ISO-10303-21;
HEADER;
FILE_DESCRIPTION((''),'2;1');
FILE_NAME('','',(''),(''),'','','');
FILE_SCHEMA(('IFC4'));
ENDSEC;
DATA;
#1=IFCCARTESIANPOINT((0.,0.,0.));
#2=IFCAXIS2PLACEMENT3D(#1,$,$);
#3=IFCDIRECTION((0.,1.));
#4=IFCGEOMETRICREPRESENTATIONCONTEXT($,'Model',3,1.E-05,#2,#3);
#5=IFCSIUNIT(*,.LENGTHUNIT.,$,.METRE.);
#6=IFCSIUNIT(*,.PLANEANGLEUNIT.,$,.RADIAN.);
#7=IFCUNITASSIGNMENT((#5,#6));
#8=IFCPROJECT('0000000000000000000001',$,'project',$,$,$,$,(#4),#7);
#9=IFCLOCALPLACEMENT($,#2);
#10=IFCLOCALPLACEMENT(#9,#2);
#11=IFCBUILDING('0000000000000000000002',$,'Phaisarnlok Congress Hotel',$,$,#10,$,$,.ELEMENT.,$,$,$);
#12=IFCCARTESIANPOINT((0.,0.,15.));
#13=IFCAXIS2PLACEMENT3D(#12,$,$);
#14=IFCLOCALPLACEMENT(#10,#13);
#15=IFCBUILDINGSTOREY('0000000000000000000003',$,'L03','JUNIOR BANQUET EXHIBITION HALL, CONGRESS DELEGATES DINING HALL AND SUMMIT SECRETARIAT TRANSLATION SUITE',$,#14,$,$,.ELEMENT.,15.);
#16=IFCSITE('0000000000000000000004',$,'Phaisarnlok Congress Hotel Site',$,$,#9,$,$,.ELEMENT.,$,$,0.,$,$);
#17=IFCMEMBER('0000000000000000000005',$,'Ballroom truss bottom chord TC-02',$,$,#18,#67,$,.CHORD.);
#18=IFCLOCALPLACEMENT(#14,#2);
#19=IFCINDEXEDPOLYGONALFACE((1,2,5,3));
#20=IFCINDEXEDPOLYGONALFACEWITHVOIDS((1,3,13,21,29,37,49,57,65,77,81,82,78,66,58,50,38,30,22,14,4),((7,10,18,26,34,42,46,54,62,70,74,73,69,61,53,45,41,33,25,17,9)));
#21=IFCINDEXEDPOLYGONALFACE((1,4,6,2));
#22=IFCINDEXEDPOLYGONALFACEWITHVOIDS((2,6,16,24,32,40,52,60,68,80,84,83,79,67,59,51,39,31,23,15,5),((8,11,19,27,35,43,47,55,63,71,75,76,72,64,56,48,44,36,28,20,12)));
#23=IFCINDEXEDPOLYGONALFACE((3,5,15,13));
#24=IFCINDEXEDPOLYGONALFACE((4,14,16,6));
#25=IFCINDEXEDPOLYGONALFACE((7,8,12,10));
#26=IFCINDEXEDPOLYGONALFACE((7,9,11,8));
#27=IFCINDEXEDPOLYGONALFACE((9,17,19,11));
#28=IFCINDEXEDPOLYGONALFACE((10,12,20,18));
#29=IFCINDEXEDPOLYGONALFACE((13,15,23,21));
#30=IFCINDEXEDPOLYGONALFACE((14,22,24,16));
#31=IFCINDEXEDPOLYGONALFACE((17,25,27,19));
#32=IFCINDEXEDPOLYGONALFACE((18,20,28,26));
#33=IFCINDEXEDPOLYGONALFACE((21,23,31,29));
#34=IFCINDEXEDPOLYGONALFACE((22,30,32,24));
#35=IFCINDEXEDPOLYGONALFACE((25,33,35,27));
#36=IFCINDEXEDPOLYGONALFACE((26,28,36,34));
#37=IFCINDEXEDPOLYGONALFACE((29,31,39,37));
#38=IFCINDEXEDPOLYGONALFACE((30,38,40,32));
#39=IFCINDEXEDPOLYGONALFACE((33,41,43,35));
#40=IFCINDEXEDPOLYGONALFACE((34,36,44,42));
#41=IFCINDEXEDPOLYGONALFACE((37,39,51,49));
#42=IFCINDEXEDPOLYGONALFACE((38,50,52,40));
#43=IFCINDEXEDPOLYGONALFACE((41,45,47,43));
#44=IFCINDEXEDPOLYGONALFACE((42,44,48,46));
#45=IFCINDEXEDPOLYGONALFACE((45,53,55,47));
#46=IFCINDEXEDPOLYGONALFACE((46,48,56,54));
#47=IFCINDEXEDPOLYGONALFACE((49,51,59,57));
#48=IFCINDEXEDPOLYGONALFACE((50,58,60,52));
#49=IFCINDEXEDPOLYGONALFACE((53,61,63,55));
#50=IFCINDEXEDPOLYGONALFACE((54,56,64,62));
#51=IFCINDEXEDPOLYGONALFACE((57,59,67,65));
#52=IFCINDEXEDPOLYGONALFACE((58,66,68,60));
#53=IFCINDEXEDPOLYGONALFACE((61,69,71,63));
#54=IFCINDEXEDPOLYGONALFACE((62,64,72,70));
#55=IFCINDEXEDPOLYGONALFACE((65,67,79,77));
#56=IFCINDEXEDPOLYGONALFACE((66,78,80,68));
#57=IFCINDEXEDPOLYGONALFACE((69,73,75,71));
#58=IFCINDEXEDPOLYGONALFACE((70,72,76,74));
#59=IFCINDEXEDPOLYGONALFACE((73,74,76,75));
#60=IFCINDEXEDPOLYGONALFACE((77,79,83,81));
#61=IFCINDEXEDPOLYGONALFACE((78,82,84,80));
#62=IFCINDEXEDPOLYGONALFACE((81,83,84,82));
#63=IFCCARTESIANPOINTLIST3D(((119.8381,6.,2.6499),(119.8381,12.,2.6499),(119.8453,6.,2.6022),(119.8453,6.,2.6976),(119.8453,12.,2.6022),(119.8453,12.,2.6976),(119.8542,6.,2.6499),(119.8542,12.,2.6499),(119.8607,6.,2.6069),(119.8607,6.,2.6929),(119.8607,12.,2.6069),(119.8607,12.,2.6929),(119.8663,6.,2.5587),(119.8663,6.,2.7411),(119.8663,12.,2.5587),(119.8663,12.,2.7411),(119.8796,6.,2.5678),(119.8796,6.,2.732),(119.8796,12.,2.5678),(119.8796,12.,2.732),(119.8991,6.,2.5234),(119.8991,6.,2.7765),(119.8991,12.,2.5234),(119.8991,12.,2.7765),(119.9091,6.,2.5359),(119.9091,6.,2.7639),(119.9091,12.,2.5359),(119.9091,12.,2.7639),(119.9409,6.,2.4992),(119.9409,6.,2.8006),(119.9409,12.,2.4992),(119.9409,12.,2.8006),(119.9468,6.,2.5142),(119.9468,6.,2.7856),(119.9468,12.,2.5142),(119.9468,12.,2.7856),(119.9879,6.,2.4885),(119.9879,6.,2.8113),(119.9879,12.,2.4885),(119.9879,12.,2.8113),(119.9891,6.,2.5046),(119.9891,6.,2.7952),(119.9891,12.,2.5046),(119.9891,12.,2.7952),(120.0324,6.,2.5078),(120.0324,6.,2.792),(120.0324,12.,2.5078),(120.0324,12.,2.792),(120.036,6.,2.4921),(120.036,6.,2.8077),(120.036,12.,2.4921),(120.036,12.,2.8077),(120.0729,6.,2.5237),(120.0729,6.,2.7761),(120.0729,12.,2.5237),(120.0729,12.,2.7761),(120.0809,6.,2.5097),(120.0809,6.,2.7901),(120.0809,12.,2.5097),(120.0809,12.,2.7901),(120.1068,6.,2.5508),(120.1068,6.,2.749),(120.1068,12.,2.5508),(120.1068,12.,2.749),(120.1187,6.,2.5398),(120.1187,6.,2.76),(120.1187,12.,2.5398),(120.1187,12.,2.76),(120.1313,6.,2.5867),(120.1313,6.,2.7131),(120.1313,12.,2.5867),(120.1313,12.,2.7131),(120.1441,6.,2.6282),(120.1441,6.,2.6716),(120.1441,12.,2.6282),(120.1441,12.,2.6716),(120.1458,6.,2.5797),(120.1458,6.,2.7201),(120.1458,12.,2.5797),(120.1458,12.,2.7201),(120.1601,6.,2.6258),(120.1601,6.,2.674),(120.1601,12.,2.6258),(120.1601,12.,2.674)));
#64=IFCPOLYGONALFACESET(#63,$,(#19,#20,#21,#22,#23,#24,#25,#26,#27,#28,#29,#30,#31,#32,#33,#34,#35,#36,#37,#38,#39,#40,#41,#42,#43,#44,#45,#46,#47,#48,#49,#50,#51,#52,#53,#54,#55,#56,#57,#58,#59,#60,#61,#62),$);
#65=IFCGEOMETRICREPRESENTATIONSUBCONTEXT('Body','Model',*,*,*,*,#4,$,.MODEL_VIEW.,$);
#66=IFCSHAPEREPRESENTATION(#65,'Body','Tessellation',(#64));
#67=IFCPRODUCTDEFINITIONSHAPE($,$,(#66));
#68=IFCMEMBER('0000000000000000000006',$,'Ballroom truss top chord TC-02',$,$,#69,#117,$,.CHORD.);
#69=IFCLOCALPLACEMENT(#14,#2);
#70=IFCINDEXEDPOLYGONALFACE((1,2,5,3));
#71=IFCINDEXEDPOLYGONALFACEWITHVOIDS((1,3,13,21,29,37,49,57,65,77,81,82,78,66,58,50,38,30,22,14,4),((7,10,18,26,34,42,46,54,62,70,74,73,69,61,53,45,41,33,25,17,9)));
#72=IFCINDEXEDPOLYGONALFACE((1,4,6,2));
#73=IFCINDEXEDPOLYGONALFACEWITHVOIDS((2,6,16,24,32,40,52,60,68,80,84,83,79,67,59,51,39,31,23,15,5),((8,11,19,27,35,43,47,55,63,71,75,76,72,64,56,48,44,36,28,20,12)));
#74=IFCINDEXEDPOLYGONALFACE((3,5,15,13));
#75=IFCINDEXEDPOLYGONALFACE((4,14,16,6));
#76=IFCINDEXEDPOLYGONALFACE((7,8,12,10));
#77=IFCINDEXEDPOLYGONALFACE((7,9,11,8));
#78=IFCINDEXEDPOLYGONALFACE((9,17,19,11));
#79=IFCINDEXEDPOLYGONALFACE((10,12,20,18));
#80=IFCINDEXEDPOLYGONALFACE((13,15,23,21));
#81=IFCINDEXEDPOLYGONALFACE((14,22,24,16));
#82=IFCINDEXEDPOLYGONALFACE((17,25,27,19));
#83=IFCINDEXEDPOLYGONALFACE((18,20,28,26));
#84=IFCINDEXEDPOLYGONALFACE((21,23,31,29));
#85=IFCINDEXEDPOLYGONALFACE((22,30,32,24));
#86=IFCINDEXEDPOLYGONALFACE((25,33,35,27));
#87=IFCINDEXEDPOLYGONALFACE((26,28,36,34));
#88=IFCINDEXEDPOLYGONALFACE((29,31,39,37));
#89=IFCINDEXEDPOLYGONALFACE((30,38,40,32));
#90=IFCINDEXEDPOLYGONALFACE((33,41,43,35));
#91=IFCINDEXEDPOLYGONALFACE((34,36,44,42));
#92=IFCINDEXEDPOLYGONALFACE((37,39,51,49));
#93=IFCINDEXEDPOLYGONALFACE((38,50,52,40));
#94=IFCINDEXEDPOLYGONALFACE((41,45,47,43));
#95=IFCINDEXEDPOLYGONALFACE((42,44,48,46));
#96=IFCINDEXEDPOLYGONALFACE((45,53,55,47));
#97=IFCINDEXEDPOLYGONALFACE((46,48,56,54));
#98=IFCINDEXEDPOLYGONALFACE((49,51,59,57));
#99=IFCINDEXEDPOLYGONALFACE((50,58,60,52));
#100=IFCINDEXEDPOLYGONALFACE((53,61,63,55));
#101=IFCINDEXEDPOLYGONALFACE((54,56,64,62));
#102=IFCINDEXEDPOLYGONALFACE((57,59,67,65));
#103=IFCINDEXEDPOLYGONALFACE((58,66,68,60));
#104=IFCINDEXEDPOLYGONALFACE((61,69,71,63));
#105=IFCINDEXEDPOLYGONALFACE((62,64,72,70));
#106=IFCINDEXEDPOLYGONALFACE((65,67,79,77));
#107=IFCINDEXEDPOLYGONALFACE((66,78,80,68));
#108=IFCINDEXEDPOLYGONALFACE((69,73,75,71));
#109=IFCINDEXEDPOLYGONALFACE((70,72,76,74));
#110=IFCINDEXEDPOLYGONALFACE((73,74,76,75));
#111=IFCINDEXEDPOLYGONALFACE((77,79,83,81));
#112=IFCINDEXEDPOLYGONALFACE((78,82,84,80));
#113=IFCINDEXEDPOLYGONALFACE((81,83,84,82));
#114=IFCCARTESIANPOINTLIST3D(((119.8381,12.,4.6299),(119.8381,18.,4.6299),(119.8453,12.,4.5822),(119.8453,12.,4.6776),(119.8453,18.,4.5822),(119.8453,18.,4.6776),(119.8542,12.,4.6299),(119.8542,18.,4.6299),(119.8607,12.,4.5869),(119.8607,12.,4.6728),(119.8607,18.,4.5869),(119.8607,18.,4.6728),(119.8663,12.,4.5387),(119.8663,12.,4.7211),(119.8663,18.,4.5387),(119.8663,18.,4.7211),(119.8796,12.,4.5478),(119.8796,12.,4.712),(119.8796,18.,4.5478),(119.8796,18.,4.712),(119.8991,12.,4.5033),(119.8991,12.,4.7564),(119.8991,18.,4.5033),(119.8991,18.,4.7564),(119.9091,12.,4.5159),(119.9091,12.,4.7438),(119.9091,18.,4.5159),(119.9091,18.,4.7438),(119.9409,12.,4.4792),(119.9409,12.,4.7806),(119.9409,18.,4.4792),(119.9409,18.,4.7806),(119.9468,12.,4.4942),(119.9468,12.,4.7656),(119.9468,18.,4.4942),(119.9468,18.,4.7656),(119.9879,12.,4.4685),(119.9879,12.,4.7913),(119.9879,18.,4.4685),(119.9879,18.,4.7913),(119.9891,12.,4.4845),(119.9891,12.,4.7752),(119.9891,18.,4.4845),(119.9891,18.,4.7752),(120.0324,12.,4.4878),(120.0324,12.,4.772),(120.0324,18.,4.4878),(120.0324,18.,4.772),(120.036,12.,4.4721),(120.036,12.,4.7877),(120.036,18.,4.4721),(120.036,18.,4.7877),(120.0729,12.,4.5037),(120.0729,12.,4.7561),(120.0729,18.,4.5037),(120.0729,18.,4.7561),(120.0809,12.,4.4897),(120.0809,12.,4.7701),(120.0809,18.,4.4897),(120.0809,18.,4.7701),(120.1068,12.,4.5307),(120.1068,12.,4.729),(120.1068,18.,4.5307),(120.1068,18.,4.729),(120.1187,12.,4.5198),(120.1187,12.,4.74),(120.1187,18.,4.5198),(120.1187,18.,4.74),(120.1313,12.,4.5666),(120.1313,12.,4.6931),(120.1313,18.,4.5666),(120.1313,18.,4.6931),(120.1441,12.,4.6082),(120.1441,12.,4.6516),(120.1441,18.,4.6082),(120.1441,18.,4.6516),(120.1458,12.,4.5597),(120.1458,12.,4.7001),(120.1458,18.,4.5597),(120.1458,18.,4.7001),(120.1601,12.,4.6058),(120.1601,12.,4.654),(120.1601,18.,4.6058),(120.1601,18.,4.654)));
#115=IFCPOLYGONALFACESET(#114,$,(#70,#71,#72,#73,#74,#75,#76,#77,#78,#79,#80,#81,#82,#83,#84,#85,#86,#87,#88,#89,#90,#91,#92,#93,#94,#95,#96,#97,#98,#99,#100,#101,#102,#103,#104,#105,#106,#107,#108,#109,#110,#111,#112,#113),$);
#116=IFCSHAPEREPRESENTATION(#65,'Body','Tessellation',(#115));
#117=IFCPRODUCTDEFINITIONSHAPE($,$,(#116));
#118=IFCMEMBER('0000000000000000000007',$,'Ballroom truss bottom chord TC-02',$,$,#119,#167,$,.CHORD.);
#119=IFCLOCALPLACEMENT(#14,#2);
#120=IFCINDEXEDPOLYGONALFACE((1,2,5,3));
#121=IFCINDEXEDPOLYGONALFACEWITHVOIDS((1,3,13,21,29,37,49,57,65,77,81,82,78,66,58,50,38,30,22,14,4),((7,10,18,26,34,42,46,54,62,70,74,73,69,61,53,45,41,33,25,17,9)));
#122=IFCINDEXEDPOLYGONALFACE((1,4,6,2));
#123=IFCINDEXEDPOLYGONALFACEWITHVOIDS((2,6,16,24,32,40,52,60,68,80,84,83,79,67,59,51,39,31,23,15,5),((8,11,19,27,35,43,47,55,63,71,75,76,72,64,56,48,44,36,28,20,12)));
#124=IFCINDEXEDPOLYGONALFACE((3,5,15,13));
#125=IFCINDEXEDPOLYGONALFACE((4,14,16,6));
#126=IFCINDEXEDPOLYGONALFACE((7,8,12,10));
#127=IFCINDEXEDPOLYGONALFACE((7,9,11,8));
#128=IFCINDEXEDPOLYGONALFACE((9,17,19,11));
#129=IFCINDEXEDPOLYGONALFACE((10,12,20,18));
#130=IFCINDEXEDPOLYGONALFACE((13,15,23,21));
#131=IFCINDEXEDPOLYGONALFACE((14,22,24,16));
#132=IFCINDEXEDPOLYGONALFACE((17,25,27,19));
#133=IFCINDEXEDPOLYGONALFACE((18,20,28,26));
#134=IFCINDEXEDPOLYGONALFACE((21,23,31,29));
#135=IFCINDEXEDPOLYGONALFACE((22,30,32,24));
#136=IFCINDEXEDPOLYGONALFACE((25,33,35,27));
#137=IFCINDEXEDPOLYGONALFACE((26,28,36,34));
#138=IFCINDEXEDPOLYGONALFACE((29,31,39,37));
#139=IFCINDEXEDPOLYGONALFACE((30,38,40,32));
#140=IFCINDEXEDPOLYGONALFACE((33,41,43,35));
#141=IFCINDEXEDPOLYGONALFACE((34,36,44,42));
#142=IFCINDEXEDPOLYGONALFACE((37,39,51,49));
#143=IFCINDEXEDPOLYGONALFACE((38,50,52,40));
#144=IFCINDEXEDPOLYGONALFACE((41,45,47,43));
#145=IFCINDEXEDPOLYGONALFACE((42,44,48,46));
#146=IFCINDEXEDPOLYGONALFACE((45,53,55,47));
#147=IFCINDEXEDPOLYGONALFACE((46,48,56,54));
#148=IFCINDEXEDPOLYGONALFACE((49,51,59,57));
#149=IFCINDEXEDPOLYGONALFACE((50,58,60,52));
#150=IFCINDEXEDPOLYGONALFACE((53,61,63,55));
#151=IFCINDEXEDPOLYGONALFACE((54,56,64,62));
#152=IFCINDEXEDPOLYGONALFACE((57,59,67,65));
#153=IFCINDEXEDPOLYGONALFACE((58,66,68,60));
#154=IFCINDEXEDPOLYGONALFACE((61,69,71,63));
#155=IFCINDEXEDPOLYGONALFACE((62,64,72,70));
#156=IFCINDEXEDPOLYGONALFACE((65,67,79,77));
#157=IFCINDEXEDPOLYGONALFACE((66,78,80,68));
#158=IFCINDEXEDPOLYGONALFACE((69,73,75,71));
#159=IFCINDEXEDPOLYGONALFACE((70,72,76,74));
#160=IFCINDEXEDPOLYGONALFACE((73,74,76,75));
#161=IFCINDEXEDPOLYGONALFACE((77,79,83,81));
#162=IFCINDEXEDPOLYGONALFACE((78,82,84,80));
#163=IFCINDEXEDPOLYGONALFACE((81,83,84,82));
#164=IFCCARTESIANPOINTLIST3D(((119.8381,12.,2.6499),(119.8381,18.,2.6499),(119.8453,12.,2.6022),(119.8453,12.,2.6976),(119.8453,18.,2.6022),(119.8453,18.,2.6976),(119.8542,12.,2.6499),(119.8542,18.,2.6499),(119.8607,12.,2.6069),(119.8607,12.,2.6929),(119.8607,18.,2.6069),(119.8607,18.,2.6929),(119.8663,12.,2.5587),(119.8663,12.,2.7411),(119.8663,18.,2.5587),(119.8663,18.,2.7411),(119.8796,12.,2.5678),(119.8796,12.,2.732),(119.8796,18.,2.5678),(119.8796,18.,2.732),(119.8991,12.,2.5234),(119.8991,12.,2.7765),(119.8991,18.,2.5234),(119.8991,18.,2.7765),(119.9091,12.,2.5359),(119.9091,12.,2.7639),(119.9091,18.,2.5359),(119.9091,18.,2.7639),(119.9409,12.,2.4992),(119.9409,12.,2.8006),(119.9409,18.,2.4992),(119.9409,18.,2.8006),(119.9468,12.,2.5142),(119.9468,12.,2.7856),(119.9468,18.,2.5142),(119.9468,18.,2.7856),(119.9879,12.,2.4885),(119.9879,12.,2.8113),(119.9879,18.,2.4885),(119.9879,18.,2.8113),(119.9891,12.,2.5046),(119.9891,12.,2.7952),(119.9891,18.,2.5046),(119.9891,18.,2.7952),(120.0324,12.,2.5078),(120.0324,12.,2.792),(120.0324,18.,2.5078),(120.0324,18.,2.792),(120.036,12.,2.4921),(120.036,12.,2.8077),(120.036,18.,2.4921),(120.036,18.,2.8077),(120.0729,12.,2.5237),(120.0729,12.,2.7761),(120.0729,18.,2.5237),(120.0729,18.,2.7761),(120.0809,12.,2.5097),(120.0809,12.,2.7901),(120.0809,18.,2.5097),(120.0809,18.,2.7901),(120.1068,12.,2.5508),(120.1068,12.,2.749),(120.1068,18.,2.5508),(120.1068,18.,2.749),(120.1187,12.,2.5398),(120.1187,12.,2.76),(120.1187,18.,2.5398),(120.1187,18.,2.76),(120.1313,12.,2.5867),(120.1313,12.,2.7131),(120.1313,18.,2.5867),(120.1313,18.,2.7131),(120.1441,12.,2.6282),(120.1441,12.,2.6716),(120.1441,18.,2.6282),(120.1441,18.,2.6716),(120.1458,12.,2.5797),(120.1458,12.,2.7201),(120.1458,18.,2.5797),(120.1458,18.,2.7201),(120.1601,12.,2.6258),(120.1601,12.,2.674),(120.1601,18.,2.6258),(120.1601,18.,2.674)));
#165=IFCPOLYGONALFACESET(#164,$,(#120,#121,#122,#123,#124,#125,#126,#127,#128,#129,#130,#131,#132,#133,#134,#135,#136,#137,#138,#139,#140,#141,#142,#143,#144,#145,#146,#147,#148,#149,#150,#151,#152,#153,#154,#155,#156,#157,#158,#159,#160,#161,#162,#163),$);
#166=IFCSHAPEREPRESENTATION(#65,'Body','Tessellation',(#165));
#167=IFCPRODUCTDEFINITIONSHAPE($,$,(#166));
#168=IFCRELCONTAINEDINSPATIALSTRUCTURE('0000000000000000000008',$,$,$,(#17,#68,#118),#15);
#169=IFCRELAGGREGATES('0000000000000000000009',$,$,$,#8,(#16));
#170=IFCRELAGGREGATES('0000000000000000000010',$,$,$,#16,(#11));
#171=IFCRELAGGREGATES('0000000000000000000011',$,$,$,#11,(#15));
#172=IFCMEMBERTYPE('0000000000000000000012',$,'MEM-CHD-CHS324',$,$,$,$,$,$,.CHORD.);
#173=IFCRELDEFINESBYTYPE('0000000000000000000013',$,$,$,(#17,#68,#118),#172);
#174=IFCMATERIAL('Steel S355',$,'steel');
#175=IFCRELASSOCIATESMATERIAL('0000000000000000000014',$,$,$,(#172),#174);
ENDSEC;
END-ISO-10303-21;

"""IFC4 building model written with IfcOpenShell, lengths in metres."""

from ifc_helpers import new_model, si_unit, direction, frame, origin, origin_2d, place, context, subcontext, project, spatial, hollow_circle, extrude, material, material_profile, profile_set, type_object, element, save


model = new_model("IFC4")

# Units and contexts
model_context = context("Model", 3, precision=1e-05, world=origin(), true_north=direction((0.0, 1.0)))
body_context = subcontext(model_context, "Body", "Model", "MODEL_VIEW")
ifc_project = project(units=[si_unit("LENGTHUNIT", "METRE"), si_unit("PLANEANGLEUNIT", "RADIAN")], contexts=[model_context])

# Site, building, storey
site_placement = place(None, origin())
site = spatial("IfcSite", under=ifc_project, at=site_placement, Name="Phaisarnlok Congress Hotel Site", CompositionType="ELEMENT", RefElevation=0.0)
building_placement = place(site_placement, origin())
building = spatial("IfcBuilding", under=site, at=building_placement, Name="Phaisarnlok Congress Hotel", CompositionType="ELEMENT")
storey_placement = place(building_placement, frame((0.0, 0.0, 15.0)))
storey = spatial("IfcBuildingStorey", under=building, at=storey_placement, Name="L03", Description="JUNIOR BANQUET EXHIBITION HALL, CONGRESS DELEGATES DINING HALL AND SUMMIT SECRETARIAT TRANSLATION SUITE", CompositionType="ELEMENT", Elevation=15.0)

# Members
ifc_material = material(Name="Steel S355", Category="steel")
ifc_material_profile_1 = material_profile(ifc_material, hollow_circle(Radius=0.1619, WallThickness=0.0161, at=origin_2d()), Name="CHS 323.9x16")
ifc_profile_set_1 = profile_set([ifc_material_profile_1], Name="Steel S355")
member_type_1 = type_object("IfcMemberType", Name="MEM-CHD-CHS324", PredefinedType="CHORD", material=ifc_profile_set_1)
for number, where, z_axis, x_axis, name in (
    (1, (120.0, 6.0, 2.6499), (0.0, 1.0, 0.0), (-1.0, 0.0, 0.0), "Ballroom truss bottom chord TC-02"),
    (2, (120.0, 12.0, 4.6299), (0.0, 1.0, 0.0), (-1.0, 0.0, 0.0), "Ballroom truss top chord TC-02"),
    (3, (120.0, 12.0, 2.6499), (0.0, 1.0, 0.0), (-1.0, 0.0, 0.0), "Ballroom truss bottom chord TC-02"),
):
    element("IfcMember", number, at=place(storey_placement, frame(where, z_axis=z_axis, x_axis=x_axis)), inside=storey, type_object=member_type_1, Name=name, PredefinedType="CHORD", context=body_context, shape_type="SweptSolid", body=[
        extrude(hollow_circle(Radius=0.1619, WallThickness=0.0161, at=origin_2d()), origin(), (0.0, 0.0, 1.0), 6.0),
    ])

save(model, "model.ifc")
